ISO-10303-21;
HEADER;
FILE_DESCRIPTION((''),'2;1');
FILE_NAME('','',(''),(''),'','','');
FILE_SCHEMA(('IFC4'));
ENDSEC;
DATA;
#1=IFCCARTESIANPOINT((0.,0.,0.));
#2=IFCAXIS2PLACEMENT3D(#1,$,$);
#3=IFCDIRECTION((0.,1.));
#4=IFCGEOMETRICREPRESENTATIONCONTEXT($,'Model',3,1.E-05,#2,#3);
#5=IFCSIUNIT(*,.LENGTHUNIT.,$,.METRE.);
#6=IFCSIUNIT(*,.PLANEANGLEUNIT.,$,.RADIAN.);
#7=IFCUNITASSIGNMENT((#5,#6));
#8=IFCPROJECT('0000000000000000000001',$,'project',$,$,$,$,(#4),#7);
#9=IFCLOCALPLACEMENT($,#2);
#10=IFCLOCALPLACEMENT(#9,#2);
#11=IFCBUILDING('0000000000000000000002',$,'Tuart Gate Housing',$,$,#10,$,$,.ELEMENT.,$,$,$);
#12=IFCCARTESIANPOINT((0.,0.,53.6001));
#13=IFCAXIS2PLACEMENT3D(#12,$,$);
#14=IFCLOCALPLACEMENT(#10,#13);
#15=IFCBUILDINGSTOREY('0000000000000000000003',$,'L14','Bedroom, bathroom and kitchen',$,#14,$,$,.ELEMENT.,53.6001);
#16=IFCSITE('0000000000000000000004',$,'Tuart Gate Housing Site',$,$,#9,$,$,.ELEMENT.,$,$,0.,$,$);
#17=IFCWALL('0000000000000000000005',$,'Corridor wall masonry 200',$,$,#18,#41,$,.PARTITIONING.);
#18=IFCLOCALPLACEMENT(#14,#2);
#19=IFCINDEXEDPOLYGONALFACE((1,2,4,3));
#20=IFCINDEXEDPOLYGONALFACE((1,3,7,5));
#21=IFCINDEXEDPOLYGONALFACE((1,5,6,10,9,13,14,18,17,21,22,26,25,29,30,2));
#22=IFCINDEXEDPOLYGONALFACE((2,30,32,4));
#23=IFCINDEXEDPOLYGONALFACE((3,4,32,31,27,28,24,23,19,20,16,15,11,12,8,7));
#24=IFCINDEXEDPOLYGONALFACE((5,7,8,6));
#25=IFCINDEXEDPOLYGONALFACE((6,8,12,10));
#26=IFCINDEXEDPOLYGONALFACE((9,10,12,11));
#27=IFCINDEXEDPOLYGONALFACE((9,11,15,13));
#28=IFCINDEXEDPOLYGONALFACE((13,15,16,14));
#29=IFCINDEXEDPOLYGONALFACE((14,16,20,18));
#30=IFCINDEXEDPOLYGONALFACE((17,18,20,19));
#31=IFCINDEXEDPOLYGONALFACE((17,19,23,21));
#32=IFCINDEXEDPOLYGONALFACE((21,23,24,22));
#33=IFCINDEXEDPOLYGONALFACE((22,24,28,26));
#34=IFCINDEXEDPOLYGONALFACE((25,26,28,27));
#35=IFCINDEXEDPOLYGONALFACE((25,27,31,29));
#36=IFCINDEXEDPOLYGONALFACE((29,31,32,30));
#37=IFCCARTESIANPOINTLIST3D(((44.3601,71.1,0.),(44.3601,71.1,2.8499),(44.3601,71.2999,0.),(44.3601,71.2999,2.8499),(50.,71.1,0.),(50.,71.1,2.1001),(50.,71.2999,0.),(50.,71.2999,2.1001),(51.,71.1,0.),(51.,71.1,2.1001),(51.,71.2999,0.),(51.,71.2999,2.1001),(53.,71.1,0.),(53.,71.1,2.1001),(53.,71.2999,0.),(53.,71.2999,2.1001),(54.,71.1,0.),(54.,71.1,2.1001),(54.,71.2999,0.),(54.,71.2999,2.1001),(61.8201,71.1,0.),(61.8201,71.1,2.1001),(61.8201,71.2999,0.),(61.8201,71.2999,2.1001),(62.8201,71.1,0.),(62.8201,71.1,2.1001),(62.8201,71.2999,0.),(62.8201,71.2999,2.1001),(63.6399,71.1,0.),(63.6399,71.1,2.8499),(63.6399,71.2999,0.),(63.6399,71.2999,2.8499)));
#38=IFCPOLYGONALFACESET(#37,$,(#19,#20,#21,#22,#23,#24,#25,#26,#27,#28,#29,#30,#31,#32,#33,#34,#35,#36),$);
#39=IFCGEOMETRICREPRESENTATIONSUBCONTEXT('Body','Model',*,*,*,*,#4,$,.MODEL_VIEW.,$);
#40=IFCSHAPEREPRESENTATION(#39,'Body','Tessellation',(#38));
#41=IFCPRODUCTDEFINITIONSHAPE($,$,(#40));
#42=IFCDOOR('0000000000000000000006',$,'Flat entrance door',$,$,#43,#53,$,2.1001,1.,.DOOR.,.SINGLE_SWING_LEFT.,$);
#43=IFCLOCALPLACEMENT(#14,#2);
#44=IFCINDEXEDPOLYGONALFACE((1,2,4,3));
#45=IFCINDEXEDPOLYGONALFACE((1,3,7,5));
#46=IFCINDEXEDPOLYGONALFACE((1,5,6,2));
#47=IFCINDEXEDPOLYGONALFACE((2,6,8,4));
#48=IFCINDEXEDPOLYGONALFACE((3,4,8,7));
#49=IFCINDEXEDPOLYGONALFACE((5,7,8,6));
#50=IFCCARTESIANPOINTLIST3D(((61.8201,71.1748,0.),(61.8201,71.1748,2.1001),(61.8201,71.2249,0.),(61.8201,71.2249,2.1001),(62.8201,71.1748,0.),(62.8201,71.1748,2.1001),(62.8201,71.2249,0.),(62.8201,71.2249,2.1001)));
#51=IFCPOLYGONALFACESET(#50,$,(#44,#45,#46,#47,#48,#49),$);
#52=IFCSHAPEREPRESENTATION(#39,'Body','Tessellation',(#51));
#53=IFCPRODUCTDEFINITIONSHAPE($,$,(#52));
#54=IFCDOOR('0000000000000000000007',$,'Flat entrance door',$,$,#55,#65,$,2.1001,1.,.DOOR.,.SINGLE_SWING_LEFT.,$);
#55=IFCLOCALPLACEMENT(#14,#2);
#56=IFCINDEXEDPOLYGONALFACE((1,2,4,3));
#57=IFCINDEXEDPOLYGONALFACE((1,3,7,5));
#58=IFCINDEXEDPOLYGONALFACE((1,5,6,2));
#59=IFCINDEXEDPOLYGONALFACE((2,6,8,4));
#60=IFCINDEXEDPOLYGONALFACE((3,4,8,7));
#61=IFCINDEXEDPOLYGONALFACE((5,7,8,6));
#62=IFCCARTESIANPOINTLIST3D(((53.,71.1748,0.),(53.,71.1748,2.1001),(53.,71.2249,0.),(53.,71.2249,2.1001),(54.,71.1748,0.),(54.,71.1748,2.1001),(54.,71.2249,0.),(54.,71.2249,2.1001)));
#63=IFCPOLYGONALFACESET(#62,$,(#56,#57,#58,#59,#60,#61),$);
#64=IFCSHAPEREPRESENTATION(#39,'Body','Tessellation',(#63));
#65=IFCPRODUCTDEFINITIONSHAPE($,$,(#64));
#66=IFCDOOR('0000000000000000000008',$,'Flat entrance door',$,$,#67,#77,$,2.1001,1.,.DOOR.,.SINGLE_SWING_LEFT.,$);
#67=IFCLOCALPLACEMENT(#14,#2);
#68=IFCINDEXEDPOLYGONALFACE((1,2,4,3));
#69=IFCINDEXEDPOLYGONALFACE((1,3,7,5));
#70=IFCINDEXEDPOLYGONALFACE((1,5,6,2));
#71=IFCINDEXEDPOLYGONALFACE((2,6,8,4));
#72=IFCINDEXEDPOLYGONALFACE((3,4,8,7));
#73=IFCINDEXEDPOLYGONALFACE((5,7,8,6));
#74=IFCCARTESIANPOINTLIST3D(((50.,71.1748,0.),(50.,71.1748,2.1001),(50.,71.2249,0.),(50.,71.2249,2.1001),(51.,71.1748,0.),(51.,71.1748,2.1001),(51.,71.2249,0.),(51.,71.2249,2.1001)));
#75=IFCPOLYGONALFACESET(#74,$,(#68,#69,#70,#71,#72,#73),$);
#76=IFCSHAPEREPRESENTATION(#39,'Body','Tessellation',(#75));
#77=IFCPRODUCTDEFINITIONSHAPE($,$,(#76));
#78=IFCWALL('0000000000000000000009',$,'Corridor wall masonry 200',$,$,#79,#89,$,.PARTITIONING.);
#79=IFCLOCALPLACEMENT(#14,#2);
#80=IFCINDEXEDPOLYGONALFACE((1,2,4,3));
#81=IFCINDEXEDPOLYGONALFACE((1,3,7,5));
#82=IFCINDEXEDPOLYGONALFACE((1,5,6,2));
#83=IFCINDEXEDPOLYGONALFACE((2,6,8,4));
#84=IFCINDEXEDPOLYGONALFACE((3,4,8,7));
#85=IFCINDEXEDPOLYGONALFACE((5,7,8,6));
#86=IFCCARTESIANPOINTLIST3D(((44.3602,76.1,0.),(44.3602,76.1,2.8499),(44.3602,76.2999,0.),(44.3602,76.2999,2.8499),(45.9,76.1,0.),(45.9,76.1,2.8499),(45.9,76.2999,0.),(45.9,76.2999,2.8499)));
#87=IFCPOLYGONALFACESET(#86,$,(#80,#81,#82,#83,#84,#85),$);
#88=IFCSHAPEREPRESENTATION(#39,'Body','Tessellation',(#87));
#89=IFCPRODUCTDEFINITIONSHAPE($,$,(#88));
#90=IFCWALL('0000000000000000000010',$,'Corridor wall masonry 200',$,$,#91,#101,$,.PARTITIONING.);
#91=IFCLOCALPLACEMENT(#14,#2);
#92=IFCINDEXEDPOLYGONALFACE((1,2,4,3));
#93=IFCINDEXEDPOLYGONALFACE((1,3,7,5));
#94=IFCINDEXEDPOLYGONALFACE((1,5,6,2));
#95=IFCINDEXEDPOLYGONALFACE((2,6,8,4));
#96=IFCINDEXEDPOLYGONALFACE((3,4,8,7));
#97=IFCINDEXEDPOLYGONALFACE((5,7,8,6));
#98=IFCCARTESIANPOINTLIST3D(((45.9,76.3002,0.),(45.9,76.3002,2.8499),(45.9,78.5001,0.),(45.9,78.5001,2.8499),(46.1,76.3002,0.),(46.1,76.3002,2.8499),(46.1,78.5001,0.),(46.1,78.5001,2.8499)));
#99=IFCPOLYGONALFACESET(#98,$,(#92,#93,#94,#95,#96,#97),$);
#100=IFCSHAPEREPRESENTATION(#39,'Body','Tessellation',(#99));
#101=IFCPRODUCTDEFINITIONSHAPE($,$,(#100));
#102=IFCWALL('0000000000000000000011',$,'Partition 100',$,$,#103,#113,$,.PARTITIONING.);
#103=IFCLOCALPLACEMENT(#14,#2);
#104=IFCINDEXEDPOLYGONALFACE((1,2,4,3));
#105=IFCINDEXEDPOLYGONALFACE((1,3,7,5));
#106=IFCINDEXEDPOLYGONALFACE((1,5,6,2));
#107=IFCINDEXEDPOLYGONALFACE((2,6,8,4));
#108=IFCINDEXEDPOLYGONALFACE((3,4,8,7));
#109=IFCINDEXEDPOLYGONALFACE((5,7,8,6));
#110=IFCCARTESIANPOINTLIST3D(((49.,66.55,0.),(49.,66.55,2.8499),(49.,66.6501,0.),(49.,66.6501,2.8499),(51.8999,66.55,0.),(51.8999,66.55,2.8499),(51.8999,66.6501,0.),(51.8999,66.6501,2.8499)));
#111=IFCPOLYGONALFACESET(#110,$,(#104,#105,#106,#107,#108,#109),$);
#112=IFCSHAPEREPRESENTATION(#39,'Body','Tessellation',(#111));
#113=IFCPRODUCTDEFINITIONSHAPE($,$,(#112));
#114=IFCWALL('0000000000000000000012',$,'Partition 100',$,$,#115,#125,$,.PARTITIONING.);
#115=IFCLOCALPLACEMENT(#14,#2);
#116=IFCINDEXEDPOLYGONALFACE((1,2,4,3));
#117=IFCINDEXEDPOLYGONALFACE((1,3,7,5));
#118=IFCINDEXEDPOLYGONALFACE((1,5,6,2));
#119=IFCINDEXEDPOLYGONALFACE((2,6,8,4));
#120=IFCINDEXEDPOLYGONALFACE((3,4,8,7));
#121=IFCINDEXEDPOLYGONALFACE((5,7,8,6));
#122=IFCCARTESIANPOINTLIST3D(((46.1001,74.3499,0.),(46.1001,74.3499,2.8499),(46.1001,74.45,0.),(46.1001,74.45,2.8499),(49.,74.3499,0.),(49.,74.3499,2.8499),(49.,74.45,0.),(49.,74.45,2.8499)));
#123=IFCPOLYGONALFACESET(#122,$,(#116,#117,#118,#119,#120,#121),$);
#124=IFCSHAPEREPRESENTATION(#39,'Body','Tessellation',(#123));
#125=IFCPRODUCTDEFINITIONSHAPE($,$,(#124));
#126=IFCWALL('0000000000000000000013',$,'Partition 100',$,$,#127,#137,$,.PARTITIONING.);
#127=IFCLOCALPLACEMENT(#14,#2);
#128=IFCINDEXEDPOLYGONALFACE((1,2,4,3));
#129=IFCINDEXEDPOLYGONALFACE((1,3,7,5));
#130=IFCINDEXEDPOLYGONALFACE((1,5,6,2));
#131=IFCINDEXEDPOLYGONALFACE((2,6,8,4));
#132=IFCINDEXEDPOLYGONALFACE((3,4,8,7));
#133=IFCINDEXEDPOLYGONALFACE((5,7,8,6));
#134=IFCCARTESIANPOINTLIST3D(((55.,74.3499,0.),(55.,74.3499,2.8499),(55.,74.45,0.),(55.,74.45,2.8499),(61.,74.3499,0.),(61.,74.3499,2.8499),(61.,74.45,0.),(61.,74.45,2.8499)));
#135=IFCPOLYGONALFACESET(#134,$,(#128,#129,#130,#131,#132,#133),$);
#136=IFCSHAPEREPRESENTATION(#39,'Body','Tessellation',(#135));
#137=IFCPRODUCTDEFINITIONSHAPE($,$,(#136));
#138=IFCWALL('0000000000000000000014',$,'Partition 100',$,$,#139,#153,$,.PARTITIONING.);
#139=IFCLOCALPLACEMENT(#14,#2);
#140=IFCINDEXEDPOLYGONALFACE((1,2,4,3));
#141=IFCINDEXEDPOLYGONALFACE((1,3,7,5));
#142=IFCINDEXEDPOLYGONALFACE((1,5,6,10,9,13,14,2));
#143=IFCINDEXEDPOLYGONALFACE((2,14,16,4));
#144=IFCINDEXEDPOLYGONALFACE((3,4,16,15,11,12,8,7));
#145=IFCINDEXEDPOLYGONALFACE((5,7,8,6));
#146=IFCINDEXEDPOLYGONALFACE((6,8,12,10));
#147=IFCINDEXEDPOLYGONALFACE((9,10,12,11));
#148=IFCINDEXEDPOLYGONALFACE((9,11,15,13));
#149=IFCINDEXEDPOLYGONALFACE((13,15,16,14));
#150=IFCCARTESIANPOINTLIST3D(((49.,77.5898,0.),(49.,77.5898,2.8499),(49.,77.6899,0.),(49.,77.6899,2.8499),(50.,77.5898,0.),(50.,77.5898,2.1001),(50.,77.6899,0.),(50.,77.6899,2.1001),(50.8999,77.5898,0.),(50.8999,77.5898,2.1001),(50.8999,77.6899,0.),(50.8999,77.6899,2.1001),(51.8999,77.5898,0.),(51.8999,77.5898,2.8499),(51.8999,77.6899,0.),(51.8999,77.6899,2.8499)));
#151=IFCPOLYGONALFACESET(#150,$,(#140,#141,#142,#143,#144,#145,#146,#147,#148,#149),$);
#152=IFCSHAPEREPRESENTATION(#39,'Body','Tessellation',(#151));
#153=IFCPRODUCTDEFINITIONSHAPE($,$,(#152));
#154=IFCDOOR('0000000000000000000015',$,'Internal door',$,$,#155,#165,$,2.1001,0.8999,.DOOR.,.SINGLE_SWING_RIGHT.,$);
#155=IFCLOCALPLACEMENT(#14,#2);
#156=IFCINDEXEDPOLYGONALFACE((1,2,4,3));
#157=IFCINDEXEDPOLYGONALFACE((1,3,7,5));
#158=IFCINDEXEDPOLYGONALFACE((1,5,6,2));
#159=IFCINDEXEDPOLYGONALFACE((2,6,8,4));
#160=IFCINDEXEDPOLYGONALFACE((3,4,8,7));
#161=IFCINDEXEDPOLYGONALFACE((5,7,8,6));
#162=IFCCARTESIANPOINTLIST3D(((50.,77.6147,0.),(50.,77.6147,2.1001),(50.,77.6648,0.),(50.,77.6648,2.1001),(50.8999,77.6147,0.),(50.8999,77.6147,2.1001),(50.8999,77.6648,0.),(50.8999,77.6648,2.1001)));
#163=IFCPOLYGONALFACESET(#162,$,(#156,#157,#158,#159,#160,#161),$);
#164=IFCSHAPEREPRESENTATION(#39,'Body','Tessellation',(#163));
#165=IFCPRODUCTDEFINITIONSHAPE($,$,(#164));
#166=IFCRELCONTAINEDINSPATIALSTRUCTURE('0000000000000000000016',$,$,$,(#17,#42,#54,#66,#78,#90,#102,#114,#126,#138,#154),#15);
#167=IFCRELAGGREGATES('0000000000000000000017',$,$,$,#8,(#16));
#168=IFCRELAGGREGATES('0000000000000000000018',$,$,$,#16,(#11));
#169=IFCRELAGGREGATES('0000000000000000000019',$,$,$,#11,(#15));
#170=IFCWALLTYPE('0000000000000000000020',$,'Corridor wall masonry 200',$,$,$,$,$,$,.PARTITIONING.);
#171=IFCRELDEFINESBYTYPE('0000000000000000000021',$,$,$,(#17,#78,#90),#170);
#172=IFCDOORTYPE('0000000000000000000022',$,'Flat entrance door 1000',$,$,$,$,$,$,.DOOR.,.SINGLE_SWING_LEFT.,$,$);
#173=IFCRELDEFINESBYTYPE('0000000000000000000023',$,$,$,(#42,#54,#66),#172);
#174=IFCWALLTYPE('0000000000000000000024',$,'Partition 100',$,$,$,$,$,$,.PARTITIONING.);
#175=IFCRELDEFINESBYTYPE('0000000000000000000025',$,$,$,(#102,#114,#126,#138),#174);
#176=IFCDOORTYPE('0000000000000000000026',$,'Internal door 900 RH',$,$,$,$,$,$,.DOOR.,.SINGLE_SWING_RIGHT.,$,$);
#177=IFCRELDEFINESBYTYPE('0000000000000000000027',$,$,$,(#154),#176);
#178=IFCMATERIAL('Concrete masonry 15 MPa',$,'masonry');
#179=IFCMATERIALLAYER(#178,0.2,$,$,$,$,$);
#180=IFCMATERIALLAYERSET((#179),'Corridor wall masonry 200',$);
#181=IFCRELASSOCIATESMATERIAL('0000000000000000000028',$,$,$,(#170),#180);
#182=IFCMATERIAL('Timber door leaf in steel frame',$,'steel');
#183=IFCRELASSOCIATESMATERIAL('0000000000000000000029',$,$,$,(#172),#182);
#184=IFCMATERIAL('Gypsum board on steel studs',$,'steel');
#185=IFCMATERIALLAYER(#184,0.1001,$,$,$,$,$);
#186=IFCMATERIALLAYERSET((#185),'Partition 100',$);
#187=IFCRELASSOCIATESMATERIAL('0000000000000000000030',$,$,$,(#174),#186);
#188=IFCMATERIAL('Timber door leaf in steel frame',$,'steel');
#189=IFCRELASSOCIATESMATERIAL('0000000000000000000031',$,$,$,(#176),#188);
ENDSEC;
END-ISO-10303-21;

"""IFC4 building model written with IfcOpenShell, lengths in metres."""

from ifc_helpers import new_model, si_unit, direction, frame, frame_2d, origin, place, context, subcontext, project, spatial, rectangle, extrude, material, layer, layer_set, type_object, element, fill, save


model = new_model("IFC4")

# Units and contexts
model_context = context("Model", 3, precision=1e-05, world=origin(), true_north=direction((0.0, 1.0)))
body_context = subcontext(model_context, "Body", "Model", "MODEL_VIEW")
ifc_project = project(units=[si_unit("LENGTHUNIT", "METRE"), si_unit("PLANEANGLEUNIT", "RADIAN")], contexts=[model_context])

# Site, building, storey
site_placement = place(None, origin())
site = spatial("IfcSite", under=ifc_project, at=site_placement, Name="Tuart Gate Housing Site", CompositionType="ELEMENT", RefElevation=0.0)
building_placement = place(site_placement, origin())
building = spatial("IfcBuilding", under=site, at=building_placement, Name="Tuart Gate Housing", CompositionType="ELEMENT")
storey_placement = place(building_placement, frame((0.0, 0.0, 53.6001)))
storey = spatial("IfcBuildingStorey", under=building, at=storey_placement, Name="L14", Description="Bedroom, bathroom and kitchen", CompositionType="ELEMENT", Elevation=53.6001)

# Wall, openings, doors
ifc_material_1 = material(Name="Concrete masonry 15 MPa", Category="masonry")
ifc_layer_1 = layer(ifc_material_1, 0.2)
ifc_layer_set_1 = layer_set([ifc_layer_1], Name="Corridor wall masonry 200")
wall_type_1 = type_object("IfcWallType", Name="Corridor wall masonry 200", PredefinedType="PARTITIONING", material=ifc_layer_set_1)
wall_1_placement = place(storey_placement, frame((44.3601, 71.2, 0.0), z_axis=(0.0, 0.0, 1.0), x_axis=(1.0, 0.0, 0.0)))
wall_1 = element("IfcWall", 1, at=wall_1_placement, inside=storey, type_object=wall_type_1, Name="Corridor wall masonry 200", PredefinedType="PARTITIONING", context=body_context, shape_type="SweptSolid", body=[
    extrude(rectangle(XDim=19.2798, YDim=0.2, at=frame_2d((9.6399, 0.0))), origin(), (0.0, 0.0, 1.0), 2.8499),
])
opening_1_placement = place(wall_1_placement, frame((17.46, 0.0, 0.0)))
opening_1 = element("IfcOpeningElement", 2, at=opening_1_placement, cuts=wall_1, PredefinedType="OPENING", context=body_context, shape_type="SweptSolid", body=[
    extrude(rectangle(XDim=1.0, YDim=2.1001, at=frame_2d((0.5, 1.05))), frame((0.0, 0.1099, 0.0), z_axis=(0.0, -1.0, 0.0), x_axis=(1.0, 0.0, 0.0)), (0.0, 0.0, 1.0), 0.22),
])
opening_2_placement = place(wall_1_placement, frame((8.6399, 0.0, 0.0)))
opening_2 = element("IfcOpeningElement", 3, at=opening_2_placement, cuts=wall_1, PredefinedType="OPENING", context=body_context, shape_type="SweptSolid", body=[
    extrude(rectangle(XDim=1.0, YDim=2.1001, at=frame_2d((0.5, 1.05))), frame((0.0, 0.1099, 0.0), z_axis=(0.0, -1.0, 0.0), x_axis=(1.0, 0.0, 0.0)), (0.0, 0.0, 1.0), 0.22),
])
opening_3_placement = place(wall_1_placement, frame((5.6399, 0.0, 0.0)))
opening_3 = element("IfcOpeningElement", 4, at=opening_3_placement, cuts=wall_1, PredefinedType="OPENING", context=body_context, shape_type="SweptSolid", body=[
    extrude(rectangle(XDim=1.0, YDim=2.1001, at=frame_2d((0.5, 1.05))), frame((0.0, 0.1099, 0.0), z_axis=(0.0, -1.0, 0.0), x_axis=(1.0, 0.0, 0.0)), (0.0, 0.0, 1.0), 0.22),
])
ifc_material_2 = material(Name="Timber door leaf in steel frame", Category="steel")
door_type_1 = type_object("IfcDoorType", Name="Flat entrance door 1000", OperationType="SINGLE_SWING_LEFT", PredefinedType="DOOR", material=ifc_material_2)
door_1_placement = place(opening_1_placement, origin())
door_1 = element("IfcDoor", 5, at=door_1_placement, inside=storey, type_object=door_type_1, Name="Flat entrance door", OperationType="SINGLE_SWING_LEFT", OverallHeight=2.1001, OverallWidth=1.0, PredefinedType="DOOR", context=body_context, shape_type="SweptSolid", body=[
    extrude(rectangle(XDim=1.0, YDim=2.1001, at=frame_2d((0.5, 1.05))), frame((0.0, 0.0249, 0.0), z_axis=(0.0, -1.0, 0.0), x_axis=(1.0, 0.0, 0.0)), (0.0, 0.0, 1.0), 0.05),
])
fill(opening_1, door_1)
door_2_placement = place(opening_2_placement, origin())
door_2 = element("IfcDoor", 6, at=door_2_placement, inside=storey, type_object=door_type_1, Name="Flat entrance door", OperationType="SINGLE_SWING_LEFT", OverallHeight=2.1001, OverallWidth=1.0, PredefinedType="DOOR", context=body_context, shape_type="SweptSolid", body=[
    extrude(rectangle(XDim=1.0, YDim=2.1001, at=frame_2d((0.5, 1.05))), frame((0.0, 0.0249, 0.0), z_axis=(0.0, -1.0, 0.0), x_axis=(1.0, 0.0, 0.0)), (0.0, 0.0, 1.0), 0.05),
])
fill(opening_2, door_2)
door_3_placement = place(opening_3_placement, origin())
door_3 = element("IfcDoor", 7, at=door_3_placement, inside=storey, type_object=door_type_1, Name="Flat entrance door", OperationType="SINGLE_SWING_LEFT", OverallHeight=2.1001, OverallWidth=1.0, PredefinedType="DOOR", context=body_context, shape_type="SweptSolid", body=[
    extrude(rectangle(XDim=1.0, YDim=2.1001, at=frame_2d((0.5, 1.05))), frame((0.0, 0.0249, 0.0), z_axis=(0.0, -1.0, 0.0), x_axis=(1.0, 0.0, 0.0)), (0.0, 0.0, 1.0), 0.05),
])
fill(opening_3, door_3)

# Walls
wall_2_placement = place(storey_placement, frame((44.3601, 76.2, 0.0), z_axis=(0.0, 0.0, 1.0), x_axis=(1.0, 0.0, 0.0)))
element("IfcWall", 8, at=wall_2_placement, inside=storey, type_object=wall_type_1, Name="Corridor wall masonry 200", PredefinedType="PARTITIONING", context=body_context, shape_type="SweptSolid", body=[
    extrude(rectangle(XDim=1.5398, YDim=0.2, at=frame_2d((0.77, 0.0))), origin(), (0.0, 0.0, 1.0), 2.8499),
])
wall_3_placement = place(storey_placement, frame((46.0, 76.3, 0.0), z_axis=(0.0, 0.0, 1.0), x_axis=(0.0, 1.0, 0.0)))
element("IfcWall", 9, at=wall_3_placement, inside=storey, type_object=wall_type_1, Name="Corridor wall masonry 200", PredefinedType="PARTITIONING", context=body_context, shape_type="SweptSolid", body=[
    extrude(rectangle(XDim=2.2, YDim=0.2, at=frame_2d((1.1001, 0.0))), origin(), (0.0, 0.0, 1.0), 2.8499),
])
ifc_material_3 = material(Name="Gypsum board on steel studs", Category="steel")
ifc_layer_2 = layer(ifc_material_3, 0.1001)
ifc_layer_set_2 = layer_set([ifc_layer_2], Name="Partition 100")
wall_type_2 = type_object("IfcWallType", Name="Partition 100", PredefinedType="PARTITIONING", material=ifc_layer_set_2)
for number, where, z_axis, x_axis, name in (
    (10, (49.0, 66.6001, 0.0), (0.0, 0.0, 1.0), (1.0, 0.0, 0.0), "Partition 100"),
    (11, (46.1001, 74.3999, 0.0), (0.0, 0.0, 1.0), (1.0, 0.0, 0.0), "Partition 100"),
):
    element("IfcWall", number, at=place(storey_placement, frame(where, z_axis=z_axis, x_axis=x_axis)), inside=storey, type_object=wall_type_2, Name=name, PredefinedType="PARTITIONING", context=body_context, shape_type="SweptSolid", body=[
        extrude(rectangle(XDim=2.8999, YDim=0.1001, at=frame_2d((1.45, 0.0))), origin(), (0.0, 0.0, 1.0), 2.8499),
    ])
wall_4_placement = place(storey_placement, frame((55.0, 74.3999, 0.0), z_axis=(0.0, 0.0, 1.0), x_axis=(1.0, 0.0, 0.0)))
element("IfcWall", 12, at=wall_4_placement, inside=storey, type_object=wall_type_2, Name="Partition 100", PredefinedType="PARTITIONING", context=body_context, shape_type="SweptSolid", body=[
    extrude(rectangle(XDim=6.0, YDim=0.1001, at=frame_2d((3.0, 0.0))), origin(), (0.0, 0.0, 1.0), 2.8499),
])

# Wall, opening, door
wall_5_placement = place(storey_placement, frame((49.0, 77.6399, 0.0), z_axis=(0.0, 0.0, 1.0), x_axis=(1.0, 0.0, 0.0)))
wall_5 = element("IfcWall", 13, at=wall_5_placement, inside=storey, type_object=wall_type_2, Name="Partition 100", PredefinedType="PARTITIONING", context=body_context, shape_type="SweptSolid", body=[
    extrude(rectangle(XDim=2.8999, YDim=0.1001, at=frame_2d((1.45, 0.0))), origin(), (0.0, 0.0, 1.0), 2.8499),
])
opening_4_placement = place(wall_5_placement, frame((1.0, 0.0, 0.0)))
opening_4 = element("IfcOpeningElement", 14, at=opening_4_placement, cuts=wall_5, PredefinedType="OPENING", context=body_context, shape_type="SweptSolid", body=[
    extrude(rectangle(XDim=0.8999, YDim=2.1001, at=frame_2d((0.45, 1.05))), frame((0.0, 0.0601, 0.0), z_axis=(0.0, -1.0, 0.0), x_axis=(1.0, 0.0, 0.0)), (0.0, 0.0, 1.0), 0.1201),
])
ifc_material_4 = material(Name="Timber door leaf in steel frame", Category="steel")
door_type_2 = type_object("IfcDoorType", Name="Internal door 900 RH", OperationType="SINGLE_SWING_RIGHT", PredefinedType="DOOR", material=ifc_material_4)
door_4_placement = place(opening_4_placement, frame((0.8999, 0.0, 0.0), z_axis=(0.0, 0.0, 1.0), x_axis=(-1.0, 0.0, 0.0)))
door_4 = element("IfcDoor", 15, at=door_4_placement, inside=storey, type_object=door_type_2, Name="Internal door", OperationType="SINGLE_SWING_RIGHT", OverallHeight=2.1001, OverallWidth=0.8999, PredefinedType="DOOR", context=body_context, shape_type="SweptSolid", body=[
    extrude(rectangle(XDim=0.8999, YDim=2.1001, at=frame_2d((0.45, 1.05))), frame((0.0, 0.0251, 0.0), z_axis=(0.0, -1.0, 0.0), x_axis=(1.0, 0.0, 0.0)), (0.0, 0.0, 1.0), 0.05),
])
fill(opening_4, door_4)

save(model, "model.ifc")
